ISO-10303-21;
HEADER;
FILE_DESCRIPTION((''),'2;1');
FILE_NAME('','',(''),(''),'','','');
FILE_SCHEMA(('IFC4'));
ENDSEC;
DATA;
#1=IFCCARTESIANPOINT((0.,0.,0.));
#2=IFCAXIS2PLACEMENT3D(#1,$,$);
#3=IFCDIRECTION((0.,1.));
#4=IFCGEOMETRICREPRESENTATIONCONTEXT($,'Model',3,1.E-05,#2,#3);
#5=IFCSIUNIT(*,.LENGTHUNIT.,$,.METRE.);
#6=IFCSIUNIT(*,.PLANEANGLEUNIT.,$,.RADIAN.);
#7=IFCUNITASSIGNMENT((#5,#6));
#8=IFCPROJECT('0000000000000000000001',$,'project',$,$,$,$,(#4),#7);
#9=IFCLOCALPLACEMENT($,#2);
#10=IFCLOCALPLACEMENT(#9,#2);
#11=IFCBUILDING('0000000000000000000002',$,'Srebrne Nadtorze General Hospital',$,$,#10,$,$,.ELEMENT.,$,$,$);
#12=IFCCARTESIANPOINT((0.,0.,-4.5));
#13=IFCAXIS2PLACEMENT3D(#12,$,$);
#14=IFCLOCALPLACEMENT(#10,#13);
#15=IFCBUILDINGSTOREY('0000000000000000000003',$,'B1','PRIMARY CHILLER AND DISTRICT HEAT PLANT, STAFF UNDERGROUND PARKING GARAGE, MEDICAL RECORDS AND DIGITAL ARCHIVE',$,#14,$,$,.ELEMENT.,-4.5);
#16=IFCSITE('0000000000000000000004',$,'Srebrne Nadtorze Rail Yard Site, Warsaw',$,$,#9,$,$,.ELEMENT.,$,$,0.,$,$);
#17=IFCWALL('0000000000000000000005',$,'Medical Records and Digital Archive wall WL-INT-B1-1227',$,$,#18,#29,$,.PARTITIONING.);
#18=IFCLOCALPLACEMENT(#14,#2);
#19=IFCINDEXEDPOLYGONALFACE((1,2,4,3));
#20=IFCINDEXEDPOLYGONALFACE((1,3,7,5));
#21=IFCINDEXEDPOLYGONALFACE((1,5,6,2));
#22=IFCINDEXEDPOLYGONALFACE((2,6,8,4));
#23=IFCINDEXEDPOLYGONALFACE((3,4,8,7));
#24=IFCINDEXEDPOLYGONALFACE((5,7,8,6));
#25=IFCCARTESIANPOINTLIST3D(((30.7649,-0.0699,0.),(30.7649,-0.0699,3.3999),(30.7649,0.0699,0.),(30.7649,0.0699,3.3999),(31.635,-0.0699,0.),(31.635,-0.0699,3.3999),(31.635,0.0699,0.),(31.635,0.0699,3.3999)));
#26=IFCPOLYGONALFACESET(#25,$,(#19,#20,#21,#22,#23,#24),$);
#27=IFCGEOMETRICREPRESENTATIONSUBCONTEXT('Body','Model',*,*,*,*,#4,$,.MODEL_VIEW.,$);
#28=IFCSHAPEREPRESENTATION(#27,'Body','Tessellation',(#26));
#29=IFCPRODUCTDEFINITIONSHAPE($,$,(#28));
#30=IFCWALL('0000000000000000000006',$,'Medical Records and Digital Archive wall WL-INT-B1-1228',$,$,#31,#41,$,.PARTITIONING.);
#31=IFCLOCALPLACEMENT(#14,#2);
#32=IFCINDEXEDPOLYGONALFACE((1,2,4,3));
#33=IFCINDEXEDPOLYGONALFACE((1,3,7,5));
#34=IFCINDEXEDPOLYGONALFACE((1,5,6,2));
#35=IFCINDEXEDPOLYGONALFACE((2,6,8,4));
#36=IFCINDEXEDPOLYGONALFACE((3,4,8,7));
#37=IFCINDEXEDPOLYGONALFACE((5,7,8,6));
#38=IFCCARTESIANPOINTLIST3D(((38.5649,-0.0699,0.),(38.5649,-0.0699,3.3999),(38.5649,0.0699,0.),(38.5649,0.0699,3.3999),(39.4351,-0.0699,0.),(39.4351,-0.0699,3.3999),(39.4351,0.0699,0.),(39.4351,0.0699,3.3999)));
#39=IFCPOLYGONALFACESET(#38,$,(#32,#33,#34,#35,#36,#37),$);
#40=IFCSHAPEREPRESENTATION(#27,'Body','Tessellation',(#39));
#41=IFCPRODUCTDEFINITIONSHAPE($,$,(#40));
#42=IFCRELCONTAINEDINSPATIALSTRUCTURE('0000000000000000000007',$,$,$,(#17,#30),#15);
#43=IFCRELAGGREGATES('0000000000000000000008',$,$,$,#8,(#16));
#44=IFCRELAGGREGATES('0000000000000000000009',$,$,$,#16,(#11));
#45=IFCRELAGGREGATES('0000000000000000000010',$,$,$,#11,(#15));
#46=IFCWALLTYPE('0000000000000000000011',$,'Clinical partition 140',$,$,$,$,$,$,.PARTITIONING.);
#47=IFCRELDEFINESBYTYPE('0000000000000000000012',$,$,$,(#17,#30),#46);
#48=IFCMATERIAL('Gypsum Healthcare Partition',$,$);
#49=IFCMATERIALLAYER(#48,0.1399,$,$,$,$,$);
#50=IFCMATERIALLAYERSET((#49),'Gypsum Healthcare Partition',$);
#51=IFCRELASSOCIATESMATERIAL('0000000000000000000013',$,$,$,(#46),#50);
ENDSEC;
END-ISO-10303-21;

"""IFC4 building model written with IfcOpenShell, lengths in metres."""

from ifc_helpers import new_model, si_unit, direction, frame, frame_2d, origin, place, context, subcontext, project, spatial, rectangle, extrude, material, layer, layer_set, type_object, element, save


model = new_model("IFC4")

# Units and contexts
model_context = context("Model", 3, precision=1e-05, world=origin(), true_north=direction((0.0, 1.0)))
body_context = subcontext(model_context, "Body", "Model", "MODEL_VIEW")
ifc_project = project(units=[si_unit("LENGTHUNIT", "METRE"), si_unit("PLANEANGLEUNIT", "RADIAN")], contexts=[model_context])

# Site, building, storey
site_placement = place(None, origin())
site = spatial("IfcSite", under=ifc_project, at=site_placement, Name="Srebrne Nadtorze Rail Yard Site, Warsaw", CompositionType="ELEMENT", RefElevation=0.0)
building_placement = place(site_placement, origin())
building = spatial("IfcBuilding", under=site, at=building_placement, Name="Srebrne Nadtorze General Hospital", CompositionType="ELEMENT")
storey_placement = place(building_placement, frame((0.0, 0.0, -4.5)))
storey = spatial("IfcBuildingStorey", under=building, at=storey_placement, Name="B1", Description="PRIMARY CHILLER AND DISTRICT HEAT PLANT, STAFF UNDERGROUND PARKING GARAGE, MEDICAL RECORDS AND DIGITAL ARCHIVE", CompositionType="ELEMENT", Elevation=-4.5)

# Walls
ifc_material_1 = material(Name="Gypsum Healthcare Partition")
ifc_layer_1 = layer(ifc_material_1, 0.1399)
ifc_layer_set_1 = layer_set([ifc_layer_1], Name="Gypsum Healthcare Partition")
wall_type_1 = type_object("IfcWallType", Name="Clinical partition 140", PredefinedType="PARTITIONING", material=ifc_layer_set_1)
for number, where, z_axis, x_axis, name in (
    (1, (30.7649, 0.0, 0.0), (0.0, 0.0, 1.0), (1.0, 0.0, 0.0), "Medical Records and Digital Archive wall WL-INT-B1-1227"),
    (2, (38.5649, 0.0, 0.0), (0.0, 0.0, 1.0), (1.0, 0.0, 0.0), "Medical Records and Digital Archive wall WL-INT-B1-1228"),
):
    element("IfcWall", number, at=place(storey_placement, frame(where, z_axis=z_axis, x_axis=x_axis)), inside=storey, type_object=wall_type_1, Name=name, PredefinedType="PARTITIONING", context=body_context, shape_type="SweptSolid", body=[
        extrude(rectangle(XDim=0.8701, YDim=0.1399, at=frame_2d((0.4351, 0.0))), origin(), (0.0, 0.0, 1.0), 3.3999),
    ])

save(model, "model.ifc")
